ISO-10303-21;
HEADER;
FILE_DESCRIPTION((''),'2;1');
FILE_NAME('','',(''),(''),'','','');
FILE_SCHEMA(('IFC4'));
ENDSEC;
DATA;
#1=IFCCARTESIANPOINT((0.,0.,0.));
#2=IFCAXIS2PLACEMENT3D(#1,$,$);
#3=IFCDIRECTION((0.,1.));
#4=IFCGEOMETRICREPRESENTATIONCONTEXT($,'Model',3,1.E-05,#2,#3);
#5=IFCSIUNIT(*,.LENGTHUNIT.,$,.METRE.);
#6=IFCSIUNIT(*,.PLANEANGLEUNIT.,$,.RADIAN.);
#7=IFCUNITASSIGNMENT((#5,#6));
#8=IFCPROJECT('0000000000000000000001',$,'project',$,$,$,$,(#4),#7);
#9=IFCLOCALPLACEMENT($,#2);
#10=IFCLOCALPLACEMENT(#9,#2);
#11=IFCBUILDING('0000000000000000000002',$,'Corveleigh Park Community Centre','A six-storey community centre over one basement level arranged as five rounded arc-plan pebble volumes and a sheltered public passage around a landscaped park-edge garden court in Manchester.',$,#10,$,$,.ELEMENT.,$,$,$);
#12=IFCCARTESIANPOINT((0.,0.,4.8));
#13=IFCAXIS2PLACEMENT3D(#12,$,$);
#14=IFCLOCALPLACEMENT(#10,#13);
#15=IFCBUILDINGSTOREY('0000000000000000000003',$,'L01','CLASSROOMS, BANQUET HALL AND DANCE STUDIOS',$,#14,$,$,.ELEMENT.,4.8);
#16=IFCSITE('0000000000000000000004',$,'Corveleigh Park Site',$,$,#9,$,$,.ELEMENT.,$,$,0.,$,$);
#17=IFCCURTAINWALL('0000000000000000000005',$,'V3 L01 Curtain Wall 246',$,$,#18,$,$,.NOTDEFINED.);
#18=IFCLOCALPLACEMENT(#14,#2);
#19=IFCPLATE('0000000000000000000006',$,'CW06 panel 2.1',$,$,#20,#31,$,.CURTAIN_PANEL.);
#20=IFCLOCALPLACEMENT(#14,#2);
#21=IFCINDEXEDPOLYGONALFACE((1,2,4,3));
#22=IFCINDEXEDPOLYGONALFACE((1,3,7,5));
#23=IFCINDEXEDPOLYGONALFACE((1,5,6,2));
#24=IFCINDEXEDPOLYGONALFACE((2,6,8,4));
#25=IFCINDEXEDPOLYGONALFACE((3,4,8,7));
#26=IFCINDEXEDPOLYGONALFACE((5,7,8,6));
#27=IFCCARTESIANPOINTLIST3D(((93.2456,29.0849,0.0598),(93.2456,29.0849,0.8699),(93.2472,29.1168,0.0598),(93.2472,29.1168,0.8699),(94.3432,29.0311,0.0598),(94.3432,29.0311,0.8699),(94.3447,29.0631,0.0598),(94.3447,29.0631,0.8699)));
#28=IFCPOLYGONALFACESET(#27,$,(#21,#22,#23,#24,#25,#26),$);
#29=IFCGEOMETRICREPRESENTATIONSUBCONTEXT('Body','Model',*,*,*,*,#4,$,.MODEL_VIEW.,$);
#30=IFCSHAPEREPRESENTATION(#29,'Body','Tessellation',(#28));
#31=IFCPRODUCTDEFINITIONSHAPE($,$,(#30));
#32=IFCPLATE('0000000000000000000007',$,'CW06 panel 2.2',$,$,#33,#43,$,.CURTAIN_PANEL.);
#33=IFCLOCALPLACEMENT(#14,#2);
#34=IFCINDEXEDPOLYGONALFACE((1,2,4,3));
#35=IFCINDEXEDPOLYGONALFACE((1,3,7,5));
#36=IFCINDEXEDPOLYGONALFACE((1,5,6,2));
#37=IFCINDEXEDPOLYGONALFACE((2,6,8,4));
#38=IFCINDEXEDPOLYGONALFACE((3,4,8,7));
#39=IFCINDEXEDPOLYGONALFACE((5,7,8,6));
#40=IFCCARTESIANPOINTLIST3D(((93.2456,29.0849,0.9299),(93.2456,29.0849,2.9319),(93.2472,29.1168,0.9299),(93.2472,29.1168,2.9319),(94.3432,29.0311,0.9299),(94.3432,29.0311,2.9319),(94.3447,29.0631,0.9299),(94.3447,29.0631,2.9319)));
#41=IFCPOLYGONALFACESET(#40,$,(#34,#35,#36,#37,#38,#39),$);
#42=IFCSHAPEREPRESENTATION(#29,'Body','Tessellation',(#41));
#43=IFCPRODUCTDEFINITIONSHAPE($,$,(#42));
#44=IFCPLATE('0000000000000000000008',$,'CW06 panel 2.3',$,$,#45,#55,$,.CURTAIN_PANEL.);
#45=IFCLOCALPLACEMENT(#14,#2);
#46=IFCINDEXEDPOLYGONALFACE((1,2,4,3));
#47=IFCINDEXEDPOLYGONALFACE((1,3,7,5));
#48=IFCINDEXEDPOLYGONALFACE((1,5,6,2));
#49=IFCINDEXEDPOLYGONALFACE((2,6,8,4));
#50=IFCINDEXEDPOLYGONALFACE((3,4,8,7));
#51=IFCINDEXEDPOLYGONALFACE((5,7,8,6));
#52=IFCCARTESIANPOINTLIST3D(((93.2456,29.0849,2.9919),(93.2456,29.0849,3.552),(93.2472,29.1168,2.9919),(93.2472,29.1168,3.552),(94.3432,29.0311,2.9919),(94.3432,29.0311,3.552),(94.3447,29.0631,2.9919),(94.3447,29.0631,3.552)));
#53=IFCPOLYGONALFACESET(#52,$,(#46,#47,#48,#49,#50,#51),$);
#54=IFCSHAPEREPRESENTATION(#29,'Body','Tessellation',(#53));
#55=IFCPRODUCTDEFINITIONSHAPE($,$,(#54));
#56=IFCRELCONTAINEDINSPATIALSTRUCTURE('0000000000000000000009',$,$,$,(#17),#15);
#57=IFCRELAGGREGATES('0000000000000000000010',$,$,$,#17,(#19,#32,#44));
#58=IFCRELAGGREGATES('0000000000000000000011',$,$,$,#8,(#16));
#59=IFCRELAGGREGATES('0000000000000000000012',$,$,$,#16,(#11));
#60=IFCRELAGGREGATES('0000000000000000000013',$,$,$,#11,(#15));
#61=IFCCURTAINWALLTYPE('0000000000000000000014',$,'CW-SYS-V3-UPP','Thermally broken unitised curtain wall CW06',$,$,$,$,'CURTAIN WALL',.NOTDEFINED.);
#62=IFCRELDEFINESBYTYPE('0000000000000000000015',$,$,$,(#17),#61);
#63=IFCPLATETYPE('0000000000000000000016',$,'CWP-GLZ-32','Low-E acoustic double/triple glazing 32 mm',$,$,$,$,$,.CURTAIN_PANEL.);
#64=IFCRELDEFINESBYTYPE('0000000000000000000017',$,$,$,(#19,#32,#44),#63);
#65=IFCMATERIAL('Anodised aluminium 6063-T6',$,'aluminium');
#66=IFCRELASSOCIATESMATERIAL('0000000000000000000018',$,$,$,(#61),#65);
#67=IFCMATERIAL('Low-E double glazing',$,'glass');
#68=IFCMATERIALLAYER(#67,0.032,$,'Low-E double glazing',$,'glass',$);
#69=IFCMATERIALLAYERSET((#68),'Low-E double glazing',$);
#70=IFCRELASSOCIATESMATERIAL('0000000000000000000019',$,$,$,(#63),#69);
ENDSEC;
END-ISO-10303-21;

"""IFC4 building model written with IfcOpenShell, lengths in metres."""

from ifc_helpers import new_model, si_unit, direction, frame, origin, origin_2d, place, context, subcontext, project, spatial, rectangle, extrude, material, layer, layer_set, type_object, element, aggregate, save


model = new_model("IFC4")

# Units and contexts
model_context = context("Model", 3, precision=1e-05, world=origin(), true_north=direction((0.0, 1.0)))
body_context = subcontext(model_context, "Body", "Model", "MODEL_VIEW")
ifc_project = project(units=[si_unit("LENGTHUNIT", "METRE"), si_unit("PLANEANGLEUNIT", "RADIAN")], contexts=[model_context])

# Site, building, storey
site_placement = place(None, origin())
site = spatial("IfcSite", under=ifc_project, at=site_placement, Name="Corveleigh Park Site", CompositionType="ELEMENT", RefElevation=0.0)
building_placement = place(site_placement, origin())
building = spatial("IfcBuilding", under=site, at=building_placement, Name="Corveleigh Park Community Centre", Description="A six-storey community centre over one basement level arranged as five rounded arc-plan pebble volumes and a sheltered public passage around a landscaped park-edge garden court in Manchester.", CompositionType="ELEMENT")
storey_placement = place(building_placement, frame((0.0, 0.0, 4.8)))
storey = spatial("IfcBuildingStorey", under=building, at=storey_placement, Name="L01", Description="CLASSROOMS, BANQUET HALL AND DANCE STUDIOS", CompositionType="ELEMENT", Elevation=4.8)

# Shared definitions
ifc_material_1 = material(Name="Anodised aluminium 6063-T6", Category="aluminium")
curtain_wall_type = type_object("IfcCurtainWallType", Name="CW-SYS-V3-UPP", Description="Thermally broken unitised curtain wall CW06", ElementType="CURTAIN WALL", PredefinedType="NOTDEFINED", material=ifc_material_1)

# Curtain wall
curtain_wall_1_placement = place(storey_placement, origin())
curtain_wall_1 = element("IfcCurtainWall", 1, at=curtain_wall_1_placement, inside=storey, type_object=curtain_wall_type, Name="V3 L01 Curtain Wall 246", PredefinedType="NOTDEFINED")

# Plates
ifc_material_2 = material(Name="Low-E double glazing", Category="glass")
ifc_layer_1 = layer(ifc_material_2, 0.032, Name="Low-E double glazing", Category="glass")
ifc_layer_set_1 = layer_set([ifc_layer_1], Name="Low-E double glazing")
plate_type_1 = type_object("IfcPlateType", Name="CWP-GLZ-32", Description="Low-E acoustic double/triple glazing 32 mm", PredefinedType="CURTAIN_PANEL", material=ifc_layer_set_1)
plate_1_placement = place(storey_placement, frame((93.7952, 29.074, 0.0598), z_axis=(0.0, 0.0, 1.0), x_axis=(0.998803, -0.048921, 0.0)))
plate_1 = element("IfcPlate", 2, at=plate_1_placement, type_object=plate_type_1, Name="CW06 panel 2.1", PredefinedType="CURTAIN_PANEL", context=body_context, shape_type="SweptSolid", body=[
    extrude(rectangle(XDim=1.0989, YDim=0.032, at=origin_2d()), origin(), (0.0, 0.0, 1.0), 0.8101),
])
plate_2_placement = place(storey_placement, frame((93.7952, 29.074, 0.9299), z_axis=(0.0, 0.0, 1.0), x_axis=(0.998803, -0.048921, 0.0)))
plate_2 = element("IfcPlate", 3, at=plate_2_placement, type_object=plate_type_1, Name="CW06 panel 2.2", PredefinedType="CURTAIN_PANEL", context=body_context, shape_type="SweptSolid", body=[
    extrude(rectangle(XDim=1.0989, YDim=0.032, at=origin_2d()), origin(), (0.0, 0.0, 1.0), 2.002),
])
plate_3_placement = place(storey_placement, frame((93.7952, 29.074, 2.9919), z_axis=(0.0, 0.0, 1.0), x_axis=(0.998803, -0.048921, 0.0)))
plate_3 = element("IfcPlate", 4, at=plate_3_placement, type_object=plate_type_1, Name="CW06 panel 2.3", PredefinedType="CURTAIN_PANEL", context=body_context, shape_type="SweptSolid", body=[
    extrude(rectangle(XDim=1.0989, YDim=0.032, at=origin_2d()), origin(), (0.0, 0.0, 1.0), 0.5601),
])
aggregate(curtain_wall_1, [plate_1, plate_2, plate_3])

save(model, "model.ifc")
